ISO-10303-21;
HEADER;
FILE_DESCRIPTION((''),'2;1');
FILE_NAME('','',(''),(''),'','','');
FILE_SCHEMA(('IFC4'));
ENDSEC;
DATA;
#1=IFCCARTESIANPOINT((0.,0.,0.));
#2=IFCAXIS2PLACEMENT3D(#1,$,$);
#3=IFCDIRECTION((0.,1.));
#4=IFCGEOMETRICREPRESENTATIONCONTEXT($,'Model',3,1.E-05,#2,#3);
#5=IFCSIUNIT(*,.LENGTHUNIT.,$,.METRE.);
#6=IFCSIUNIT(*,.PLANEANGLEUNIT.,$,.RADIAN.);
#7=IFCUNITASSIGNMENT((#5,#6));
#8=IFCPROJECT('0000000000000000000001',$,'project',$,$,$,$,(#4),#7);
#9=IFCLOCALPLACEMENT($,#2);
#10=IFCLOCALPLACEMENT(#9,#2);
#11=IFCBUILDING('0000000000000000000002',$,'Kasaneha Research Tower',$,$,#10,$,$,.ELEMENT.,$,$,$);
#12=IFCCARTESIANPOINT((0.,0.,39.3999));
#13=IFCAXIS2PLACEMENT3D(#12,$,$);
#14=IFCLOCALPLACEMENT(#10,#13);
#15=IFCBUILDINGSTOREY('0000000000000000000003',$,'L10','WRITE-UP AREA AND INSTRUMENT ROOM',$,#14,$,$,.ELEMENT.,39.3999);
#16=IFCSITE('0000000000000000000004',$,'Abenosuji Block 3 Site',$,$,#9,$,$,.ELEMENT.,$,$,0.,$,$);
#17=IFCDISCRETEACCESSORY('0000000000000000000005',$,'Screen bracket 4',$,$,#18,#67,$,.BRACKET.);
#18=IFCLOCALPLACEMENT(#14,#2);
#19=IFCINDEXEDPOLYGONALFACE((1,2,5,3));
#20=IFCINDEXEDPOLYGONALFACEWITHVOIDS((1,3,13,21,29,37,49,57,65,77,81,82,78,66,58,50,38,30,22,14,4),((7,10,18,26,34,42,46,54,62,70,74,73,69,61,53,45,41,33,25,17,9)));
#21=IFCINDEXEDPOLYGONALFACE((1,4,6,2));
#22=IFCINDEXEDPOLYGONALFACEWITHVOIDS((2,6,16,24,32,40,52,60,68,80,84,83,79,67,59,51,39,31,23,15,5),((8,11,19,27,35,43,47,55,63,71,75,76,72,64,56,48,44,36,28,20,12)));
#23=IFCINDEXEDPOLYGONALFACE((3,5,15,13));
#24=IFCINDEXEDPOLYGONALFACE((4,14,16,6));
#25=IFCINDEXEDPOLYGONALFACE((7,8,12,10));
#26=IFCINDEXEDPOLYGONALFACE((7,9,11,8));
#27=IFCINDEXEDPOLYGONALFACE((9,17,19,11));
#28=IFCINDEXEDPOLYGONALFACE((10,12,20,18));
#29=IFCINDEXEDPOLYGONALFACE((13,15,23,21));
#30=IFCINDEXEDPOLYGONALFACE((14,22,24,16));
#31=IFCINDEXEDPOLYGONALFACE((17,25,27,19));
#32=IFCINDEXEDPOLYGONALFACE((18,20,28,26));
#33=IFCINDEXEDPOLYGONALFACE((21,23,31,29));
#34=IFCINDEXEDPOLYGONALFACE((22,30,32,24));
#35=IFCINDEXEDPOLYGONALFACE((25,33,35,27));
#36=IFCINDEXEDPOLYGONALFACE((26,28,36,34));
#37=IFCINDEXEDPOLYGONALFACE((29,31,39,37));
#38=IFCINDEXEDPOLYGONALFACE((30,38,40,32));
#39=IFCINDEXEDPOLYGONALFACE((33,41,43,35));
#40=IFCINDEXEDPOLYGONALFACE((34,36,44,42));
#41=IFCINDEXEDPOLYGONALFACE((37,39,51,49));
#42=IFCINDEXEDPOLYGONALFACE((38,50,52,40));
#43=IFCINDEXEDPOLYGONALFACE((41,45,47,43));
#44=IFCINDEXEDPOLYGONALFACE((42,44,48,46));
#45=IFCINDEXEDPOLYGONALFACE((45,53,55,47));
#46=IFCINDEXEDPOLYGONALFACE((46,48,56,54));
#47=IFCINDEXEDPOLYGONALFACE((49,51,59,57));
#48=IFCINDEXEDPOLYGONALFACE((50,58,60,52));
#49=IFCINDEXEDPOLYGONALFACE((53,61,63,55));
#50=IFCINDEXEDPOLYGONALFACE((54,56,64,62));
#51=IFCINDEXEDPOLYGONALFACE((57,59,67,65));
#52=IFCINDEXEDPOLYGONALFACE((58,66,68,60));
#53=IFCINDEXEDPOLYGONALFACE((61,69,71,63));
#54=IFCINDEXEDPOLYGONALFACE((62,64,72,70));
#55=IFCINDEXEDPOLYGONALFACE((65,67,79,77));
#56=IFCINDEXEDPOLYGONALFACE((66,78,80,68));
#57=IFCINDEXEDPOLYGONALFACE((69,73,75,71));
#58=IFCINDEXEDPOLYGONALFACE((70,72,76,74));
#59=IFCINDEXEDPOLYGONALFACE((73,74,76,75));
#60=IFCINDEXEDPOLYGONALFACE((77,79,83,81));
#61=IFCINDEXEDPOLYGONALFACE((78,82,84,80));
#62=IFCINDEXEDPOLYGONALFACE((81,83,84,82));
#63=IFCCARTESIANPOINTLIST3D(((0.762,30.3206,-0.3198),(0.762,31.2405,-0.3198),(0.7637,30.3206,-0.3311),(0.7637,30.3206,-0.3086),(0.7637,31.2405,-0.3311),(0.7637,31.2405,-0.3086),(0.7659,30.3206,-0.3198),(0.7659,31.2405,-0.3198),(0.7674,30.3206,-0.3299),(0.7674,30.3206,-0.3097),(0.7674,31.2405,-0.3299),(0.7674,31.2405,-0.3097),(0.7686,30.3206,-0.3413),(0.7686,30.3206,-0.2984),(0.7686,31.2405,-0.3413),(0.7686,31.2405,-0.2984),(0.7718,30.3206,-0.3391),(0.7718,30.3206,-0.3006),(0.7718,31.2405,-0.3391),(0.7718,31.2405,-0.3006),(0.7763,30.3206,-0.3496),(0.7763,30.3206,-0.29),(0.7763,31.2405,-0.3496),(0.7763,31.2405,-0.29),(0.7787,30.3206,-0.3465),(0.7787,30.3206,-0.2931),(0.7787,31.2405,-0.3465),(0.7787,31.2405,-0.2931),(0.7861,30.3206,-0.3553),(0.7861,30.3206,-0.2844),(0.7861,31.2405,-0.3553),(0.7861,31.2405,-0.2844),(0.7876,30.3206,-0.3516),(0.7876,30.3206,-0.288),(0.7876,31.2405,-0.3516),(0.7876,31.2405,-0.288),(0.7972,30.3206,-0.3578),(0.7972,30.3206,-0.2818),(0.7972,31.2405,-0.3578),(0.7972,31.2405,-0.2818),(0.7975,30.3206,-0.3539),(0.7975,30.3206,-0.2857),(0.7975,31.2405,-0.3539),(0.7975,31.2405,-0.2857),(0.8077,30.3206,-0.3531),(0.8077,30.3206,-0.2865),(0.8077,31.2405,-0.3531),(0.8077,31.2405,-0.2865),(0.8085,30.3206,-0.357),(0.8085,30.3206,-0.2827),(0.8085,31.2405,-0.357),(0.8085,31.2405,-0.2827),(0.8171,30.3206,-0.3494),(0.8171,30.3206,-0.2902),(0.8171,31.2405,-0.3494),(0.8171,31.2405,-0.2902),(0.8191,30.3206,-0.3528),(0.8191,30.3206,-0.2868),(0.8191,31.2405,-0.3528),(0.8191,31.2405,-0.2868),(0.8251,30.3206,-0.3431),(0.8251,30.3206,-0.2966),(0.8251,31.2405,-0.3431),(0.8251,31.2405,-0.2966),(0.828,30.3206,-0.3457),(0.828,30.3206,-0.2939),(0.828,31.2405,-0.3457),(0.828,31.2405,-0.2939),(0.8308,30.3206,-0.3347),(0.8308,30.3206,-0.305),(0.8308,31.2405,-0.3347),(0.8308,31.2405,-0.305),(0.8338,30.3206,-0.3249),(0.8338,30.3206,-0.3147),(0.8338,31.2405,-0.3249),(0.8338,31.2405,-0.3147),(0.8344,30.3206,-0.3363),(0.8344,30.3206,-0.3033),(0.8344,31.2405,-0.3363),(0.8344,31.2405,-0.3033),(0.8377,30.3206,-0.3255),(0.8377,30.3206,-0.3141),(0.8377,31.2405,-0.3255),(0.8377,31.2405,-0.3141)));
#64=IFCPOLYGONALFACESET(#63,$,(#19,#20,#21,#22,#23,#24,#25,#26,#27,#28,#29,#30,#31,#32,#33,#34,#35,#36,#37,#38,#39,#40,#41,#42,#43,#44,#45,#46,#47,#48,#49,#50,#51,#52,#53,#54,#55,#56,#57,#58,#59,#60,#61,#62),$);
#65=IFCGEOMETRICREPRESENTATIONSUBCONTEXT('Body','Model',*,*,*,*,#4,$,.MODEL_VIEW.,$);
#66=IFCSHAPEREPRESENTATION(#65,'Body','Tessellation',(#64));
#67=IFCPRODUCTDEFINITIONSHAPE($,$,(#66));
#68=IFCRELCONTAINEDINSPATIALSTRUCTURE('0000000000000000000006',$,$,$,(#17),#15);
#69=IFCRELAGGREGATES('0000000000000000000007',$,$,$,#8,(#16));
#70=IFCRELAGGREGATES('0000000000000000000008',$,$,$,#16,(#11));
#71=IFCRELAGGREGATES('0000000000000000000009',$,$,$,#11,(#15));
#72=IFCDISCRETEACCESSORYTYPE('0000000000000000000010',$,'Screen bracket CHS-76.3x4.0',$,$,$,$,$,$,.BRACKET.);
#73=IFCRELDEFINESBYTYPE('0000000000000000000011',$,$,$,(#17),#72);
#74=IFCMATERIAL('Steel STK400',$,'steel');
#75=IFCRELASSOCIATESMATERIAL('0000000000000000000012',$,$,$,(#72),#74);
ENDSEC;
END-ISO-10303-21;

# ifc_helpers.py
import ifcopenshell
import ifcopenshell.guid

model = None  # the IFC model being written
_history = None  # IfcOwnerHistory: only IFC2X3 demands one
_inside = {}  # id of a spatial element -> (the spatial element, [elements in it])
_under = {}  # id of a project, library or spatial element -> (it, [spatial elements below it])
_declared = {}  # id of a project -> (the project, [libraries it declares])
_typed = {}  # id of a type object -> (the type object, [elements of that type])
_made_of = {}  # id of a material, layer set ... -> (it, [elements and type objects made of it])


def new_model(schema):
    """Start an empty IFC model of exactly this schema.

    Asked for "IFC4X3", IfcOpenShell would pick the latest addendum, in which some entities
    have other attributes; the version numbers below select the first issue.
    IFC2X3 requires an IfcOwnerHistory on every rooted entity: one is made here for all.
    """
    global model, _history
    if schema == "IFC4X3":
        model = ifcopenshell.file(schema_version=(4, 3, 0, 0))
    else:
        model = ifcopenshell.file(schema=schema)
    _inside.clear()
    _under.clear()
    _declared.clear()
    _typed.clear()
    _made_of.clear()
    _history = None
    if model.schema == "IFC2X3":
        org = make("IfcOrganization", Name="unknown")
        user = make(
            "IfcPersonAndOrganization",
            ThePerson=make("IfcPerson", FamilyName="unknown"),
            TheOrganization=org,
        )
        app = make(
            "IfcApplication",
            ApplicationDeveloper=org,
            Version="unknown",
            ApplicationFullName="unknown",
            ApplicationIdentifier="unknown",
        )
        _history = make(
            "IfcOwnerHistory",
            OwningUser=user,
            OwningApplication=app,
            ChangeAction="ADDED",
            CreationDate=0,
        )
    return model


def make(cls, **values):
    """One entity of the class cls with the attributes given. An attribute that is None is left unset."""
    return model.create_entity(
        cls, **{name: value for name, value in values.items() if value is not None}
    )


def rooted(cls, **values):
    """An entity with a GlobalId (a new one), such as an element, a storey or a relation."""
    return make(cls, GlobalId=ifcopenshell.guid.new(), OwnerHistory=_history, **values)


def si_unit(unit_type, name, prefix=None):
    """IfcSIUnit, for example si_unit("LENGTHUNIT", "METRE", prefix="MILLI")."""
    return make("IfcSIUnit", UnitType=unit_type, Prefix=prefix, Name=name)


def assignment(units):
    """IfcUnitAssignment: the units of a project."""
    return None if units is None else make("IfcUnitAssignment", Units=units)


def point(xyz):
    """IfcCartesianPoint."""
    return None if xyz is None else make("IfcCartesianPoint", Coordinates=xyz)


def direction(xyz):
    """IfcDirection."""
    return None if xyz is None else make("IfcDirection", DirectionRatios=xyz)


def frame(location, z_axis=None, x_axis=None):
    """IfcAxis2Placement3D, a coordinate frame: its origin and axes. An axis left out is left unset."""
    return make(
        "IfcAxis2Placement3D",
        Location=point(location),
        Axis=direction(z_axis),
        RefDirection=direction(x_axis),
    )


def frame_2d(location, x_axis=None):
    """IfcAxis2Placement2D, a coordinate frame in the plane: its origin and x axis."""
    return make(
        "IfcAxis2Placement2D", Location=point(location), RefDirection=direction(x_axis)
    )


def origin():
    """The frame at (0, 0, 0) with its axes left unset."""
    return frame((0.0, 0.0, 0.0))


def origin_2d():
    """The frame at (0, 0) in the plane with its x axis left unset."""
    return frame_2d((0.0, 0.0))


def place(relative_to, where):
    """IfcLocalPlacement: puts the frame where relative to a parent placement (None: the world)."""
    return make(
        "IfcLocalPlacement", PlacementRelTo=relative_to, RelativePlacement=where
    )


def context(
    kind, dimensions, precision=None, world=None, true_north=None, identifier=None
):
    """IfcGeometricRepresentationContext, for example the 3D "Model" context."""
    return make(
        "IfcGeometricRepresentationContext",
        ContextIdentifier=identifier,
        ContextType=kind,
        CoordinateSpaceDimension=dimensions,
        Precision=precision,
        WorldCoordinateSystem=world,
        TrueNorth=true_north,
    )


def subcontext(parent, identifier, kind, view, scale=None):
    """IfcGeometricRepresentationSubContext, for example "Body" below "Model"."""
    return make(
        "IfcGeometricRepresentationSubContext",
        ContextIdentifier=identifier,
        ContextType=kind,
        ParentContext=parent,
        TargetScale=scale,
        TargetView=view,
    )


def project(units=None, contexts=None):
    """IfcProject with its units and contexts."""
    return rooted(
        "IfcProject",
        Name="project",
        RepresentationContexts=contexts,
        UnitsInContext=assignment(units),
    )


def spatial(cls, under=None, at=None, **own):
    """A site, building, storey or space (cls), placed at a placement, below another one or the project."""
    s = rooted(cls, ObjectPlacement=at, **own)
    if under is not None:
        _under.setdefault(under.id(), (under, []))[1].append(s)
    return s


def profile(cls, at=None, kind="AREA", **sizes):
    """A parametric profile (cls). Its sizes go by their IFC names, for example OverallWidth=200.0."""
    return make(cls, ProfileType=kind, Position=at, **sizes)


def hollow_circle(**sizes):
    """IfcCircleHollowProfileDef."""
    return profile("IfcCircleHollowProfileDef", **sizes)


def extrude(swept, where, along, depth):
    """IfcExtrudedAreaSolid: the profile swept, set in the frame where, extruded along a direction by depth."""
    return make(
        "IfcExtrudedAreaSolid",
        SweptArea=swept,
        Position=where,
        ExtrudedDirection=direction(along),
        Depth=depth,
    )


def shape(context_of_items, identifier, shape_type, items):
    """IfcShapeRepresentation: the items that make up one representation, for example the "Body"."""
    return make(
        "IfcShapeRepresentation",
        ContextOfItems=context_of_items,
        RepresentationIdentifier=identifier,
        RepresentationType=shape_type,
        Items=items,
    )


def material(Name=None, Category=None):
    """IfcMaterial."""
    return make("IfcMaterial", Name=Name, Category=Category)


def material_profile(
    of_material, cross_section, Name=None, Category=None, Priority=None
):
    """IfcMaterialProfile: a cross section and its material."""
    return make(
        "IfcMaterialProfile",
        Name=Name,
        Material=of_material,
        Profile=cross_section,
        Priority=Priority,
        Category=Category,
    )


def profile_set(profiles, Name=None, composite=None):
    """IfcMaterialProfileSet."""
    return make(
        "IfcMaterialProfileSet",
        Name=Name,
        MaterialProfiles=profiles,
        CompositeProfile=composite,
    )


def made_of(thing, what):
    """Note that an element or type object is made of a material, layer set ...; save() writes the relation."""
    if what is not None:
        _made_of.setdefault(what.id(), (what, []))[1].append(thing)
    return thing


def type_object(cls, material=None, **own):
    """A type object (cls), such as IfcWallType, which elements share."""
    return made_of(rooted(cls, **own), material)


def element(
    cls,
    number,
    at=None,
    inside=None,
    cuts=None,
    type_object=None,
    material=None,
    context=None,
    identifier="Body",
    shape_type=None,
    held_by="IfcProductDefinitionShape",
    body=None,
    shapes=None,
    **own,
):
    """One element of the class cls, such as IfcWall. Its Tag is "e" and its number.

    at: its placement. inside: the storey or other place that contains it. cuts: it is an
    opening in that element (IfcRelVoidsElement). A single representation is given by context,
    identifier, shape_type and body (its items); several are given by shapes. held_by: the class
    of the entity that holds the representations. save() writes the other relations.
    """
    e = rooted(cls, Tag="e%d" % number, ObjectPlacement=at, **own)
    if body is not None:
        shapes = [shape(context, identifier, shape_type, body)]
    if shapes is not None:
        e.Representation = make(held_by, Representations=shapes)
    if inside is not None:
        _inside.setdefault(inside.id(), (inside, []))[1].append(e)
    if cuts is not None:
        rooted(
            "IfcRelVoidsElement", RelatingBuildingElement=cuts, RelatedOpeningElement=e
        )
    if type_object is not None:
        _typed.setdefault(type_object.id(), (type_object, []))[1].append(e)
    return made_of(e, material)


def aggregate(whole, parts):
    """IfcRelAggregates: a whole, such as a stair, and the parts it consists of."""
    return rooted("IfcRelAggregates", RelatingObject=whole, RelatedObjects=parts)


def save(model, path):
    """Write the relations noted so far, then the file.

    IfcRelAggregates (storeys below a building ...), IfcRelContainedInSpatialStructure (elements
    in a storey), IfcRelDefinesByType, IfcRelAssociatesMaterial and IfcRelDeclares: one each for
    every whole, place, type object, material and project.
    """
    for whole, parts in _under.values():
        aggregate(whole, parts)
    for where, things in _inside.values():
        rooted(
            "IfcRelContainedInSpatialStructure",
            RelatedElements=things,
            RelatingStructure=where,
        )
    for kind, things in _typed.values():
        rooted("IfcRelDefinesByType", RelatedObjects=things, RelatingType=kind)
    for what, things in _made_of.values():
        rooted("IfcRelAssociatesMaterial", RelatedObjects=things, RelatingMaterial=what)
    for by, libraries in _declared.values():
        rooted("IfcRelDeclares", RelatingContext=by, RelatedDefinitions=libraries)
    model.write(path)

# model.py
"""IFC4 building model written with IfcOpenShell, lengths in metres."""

from ifc_helpers import new_model, si_unit, direction, frame, origin, origin_2d, place, context, subcontext, project, spatial, hollow_circle, extrude, material, material_profile, profile_set, type_object, element, save


model = new_model("IFC4")

# Units and contexts
model_context = context("Model", 3, precision=1e-05, world=origin(), true_north=direction((0.0, 1.0)))
body_context = subcontext(model_context, "Body", "Model", "MODEL_VIEW")
ifc_project = project(units=[si_unit("LENGTHUNIT", "METRE"), si_unit("PLANEANGLEUNIT", "RADIAN")], contexts=[model_context])

# Site, building, storey
site_placement = place(None, origin())
site = spatial("IfcSite", under=ifc_project, at=site_placement, Name="Abenosuji Block 3 Site", CompositionType="ELEMENT", RefElevation=0.0)
building_placement = place(site_placement, origin())
building = spatial("IfcBuilding", under=site, at=building_placement, Name="Kasaneha Research Tower", CompositionType="ELEMENT")
storey_placement = place(building_placement, frame((0.0, 0.0, 39.3999)))
storey = spatial("IfcBuildingStorey", under=building, at=storey_placement, Name="L10", Description="WRITE-UP AREA AND INSTRUMENT ROOM", CompositionType="ELEMENT", Elevation=39.3999)

# Discrete accessory
ifc_material_1 = material(Name="Steel STK400", Category="steel")
ifc_material_profile_1 = material_profile(ifc_material_1, hollow_circle(Radius=0.0381, WallThickness=0.0039, at=origin_2d()), Name="CHS-76.3x4.0")
ifc_profile_set_1 = profile_set([ifc_material_profile_1], Name="Steel STK400")
discrete_accessory_type = type_object("IfcDiscreteAccessoryType", Name="Screen bracket CHS-76.3x4.0", PredefinedType="BRACKET", material=ifc_profile_set_1)
for number, where, z_axis, x_axis, name in (
    (1, (0.8, 30.3206, -0.3198), (0.0, 1.0, 0.0), (-1.0, 0.0, 0.0), "Screen bracket 4"),
):
    element("IfcDiscreteAccessory", number, at=place(storey_placement, frame(where, z_axis=z_axis, x_axis=x_axis)), inside=storey, type_object=discrete_accessory_type, Name=name, PredefinedType="BRACKET", context=body_context, shape_type="SweptSolid", body=[
        extrude(hollow_circle(Radius=0.0381, WallThickness=0.0039, at=origin_2d()), origin(), (0.0, 0.0, 1.0), 0.9199),
    ])

save(model, "model.ifc")
